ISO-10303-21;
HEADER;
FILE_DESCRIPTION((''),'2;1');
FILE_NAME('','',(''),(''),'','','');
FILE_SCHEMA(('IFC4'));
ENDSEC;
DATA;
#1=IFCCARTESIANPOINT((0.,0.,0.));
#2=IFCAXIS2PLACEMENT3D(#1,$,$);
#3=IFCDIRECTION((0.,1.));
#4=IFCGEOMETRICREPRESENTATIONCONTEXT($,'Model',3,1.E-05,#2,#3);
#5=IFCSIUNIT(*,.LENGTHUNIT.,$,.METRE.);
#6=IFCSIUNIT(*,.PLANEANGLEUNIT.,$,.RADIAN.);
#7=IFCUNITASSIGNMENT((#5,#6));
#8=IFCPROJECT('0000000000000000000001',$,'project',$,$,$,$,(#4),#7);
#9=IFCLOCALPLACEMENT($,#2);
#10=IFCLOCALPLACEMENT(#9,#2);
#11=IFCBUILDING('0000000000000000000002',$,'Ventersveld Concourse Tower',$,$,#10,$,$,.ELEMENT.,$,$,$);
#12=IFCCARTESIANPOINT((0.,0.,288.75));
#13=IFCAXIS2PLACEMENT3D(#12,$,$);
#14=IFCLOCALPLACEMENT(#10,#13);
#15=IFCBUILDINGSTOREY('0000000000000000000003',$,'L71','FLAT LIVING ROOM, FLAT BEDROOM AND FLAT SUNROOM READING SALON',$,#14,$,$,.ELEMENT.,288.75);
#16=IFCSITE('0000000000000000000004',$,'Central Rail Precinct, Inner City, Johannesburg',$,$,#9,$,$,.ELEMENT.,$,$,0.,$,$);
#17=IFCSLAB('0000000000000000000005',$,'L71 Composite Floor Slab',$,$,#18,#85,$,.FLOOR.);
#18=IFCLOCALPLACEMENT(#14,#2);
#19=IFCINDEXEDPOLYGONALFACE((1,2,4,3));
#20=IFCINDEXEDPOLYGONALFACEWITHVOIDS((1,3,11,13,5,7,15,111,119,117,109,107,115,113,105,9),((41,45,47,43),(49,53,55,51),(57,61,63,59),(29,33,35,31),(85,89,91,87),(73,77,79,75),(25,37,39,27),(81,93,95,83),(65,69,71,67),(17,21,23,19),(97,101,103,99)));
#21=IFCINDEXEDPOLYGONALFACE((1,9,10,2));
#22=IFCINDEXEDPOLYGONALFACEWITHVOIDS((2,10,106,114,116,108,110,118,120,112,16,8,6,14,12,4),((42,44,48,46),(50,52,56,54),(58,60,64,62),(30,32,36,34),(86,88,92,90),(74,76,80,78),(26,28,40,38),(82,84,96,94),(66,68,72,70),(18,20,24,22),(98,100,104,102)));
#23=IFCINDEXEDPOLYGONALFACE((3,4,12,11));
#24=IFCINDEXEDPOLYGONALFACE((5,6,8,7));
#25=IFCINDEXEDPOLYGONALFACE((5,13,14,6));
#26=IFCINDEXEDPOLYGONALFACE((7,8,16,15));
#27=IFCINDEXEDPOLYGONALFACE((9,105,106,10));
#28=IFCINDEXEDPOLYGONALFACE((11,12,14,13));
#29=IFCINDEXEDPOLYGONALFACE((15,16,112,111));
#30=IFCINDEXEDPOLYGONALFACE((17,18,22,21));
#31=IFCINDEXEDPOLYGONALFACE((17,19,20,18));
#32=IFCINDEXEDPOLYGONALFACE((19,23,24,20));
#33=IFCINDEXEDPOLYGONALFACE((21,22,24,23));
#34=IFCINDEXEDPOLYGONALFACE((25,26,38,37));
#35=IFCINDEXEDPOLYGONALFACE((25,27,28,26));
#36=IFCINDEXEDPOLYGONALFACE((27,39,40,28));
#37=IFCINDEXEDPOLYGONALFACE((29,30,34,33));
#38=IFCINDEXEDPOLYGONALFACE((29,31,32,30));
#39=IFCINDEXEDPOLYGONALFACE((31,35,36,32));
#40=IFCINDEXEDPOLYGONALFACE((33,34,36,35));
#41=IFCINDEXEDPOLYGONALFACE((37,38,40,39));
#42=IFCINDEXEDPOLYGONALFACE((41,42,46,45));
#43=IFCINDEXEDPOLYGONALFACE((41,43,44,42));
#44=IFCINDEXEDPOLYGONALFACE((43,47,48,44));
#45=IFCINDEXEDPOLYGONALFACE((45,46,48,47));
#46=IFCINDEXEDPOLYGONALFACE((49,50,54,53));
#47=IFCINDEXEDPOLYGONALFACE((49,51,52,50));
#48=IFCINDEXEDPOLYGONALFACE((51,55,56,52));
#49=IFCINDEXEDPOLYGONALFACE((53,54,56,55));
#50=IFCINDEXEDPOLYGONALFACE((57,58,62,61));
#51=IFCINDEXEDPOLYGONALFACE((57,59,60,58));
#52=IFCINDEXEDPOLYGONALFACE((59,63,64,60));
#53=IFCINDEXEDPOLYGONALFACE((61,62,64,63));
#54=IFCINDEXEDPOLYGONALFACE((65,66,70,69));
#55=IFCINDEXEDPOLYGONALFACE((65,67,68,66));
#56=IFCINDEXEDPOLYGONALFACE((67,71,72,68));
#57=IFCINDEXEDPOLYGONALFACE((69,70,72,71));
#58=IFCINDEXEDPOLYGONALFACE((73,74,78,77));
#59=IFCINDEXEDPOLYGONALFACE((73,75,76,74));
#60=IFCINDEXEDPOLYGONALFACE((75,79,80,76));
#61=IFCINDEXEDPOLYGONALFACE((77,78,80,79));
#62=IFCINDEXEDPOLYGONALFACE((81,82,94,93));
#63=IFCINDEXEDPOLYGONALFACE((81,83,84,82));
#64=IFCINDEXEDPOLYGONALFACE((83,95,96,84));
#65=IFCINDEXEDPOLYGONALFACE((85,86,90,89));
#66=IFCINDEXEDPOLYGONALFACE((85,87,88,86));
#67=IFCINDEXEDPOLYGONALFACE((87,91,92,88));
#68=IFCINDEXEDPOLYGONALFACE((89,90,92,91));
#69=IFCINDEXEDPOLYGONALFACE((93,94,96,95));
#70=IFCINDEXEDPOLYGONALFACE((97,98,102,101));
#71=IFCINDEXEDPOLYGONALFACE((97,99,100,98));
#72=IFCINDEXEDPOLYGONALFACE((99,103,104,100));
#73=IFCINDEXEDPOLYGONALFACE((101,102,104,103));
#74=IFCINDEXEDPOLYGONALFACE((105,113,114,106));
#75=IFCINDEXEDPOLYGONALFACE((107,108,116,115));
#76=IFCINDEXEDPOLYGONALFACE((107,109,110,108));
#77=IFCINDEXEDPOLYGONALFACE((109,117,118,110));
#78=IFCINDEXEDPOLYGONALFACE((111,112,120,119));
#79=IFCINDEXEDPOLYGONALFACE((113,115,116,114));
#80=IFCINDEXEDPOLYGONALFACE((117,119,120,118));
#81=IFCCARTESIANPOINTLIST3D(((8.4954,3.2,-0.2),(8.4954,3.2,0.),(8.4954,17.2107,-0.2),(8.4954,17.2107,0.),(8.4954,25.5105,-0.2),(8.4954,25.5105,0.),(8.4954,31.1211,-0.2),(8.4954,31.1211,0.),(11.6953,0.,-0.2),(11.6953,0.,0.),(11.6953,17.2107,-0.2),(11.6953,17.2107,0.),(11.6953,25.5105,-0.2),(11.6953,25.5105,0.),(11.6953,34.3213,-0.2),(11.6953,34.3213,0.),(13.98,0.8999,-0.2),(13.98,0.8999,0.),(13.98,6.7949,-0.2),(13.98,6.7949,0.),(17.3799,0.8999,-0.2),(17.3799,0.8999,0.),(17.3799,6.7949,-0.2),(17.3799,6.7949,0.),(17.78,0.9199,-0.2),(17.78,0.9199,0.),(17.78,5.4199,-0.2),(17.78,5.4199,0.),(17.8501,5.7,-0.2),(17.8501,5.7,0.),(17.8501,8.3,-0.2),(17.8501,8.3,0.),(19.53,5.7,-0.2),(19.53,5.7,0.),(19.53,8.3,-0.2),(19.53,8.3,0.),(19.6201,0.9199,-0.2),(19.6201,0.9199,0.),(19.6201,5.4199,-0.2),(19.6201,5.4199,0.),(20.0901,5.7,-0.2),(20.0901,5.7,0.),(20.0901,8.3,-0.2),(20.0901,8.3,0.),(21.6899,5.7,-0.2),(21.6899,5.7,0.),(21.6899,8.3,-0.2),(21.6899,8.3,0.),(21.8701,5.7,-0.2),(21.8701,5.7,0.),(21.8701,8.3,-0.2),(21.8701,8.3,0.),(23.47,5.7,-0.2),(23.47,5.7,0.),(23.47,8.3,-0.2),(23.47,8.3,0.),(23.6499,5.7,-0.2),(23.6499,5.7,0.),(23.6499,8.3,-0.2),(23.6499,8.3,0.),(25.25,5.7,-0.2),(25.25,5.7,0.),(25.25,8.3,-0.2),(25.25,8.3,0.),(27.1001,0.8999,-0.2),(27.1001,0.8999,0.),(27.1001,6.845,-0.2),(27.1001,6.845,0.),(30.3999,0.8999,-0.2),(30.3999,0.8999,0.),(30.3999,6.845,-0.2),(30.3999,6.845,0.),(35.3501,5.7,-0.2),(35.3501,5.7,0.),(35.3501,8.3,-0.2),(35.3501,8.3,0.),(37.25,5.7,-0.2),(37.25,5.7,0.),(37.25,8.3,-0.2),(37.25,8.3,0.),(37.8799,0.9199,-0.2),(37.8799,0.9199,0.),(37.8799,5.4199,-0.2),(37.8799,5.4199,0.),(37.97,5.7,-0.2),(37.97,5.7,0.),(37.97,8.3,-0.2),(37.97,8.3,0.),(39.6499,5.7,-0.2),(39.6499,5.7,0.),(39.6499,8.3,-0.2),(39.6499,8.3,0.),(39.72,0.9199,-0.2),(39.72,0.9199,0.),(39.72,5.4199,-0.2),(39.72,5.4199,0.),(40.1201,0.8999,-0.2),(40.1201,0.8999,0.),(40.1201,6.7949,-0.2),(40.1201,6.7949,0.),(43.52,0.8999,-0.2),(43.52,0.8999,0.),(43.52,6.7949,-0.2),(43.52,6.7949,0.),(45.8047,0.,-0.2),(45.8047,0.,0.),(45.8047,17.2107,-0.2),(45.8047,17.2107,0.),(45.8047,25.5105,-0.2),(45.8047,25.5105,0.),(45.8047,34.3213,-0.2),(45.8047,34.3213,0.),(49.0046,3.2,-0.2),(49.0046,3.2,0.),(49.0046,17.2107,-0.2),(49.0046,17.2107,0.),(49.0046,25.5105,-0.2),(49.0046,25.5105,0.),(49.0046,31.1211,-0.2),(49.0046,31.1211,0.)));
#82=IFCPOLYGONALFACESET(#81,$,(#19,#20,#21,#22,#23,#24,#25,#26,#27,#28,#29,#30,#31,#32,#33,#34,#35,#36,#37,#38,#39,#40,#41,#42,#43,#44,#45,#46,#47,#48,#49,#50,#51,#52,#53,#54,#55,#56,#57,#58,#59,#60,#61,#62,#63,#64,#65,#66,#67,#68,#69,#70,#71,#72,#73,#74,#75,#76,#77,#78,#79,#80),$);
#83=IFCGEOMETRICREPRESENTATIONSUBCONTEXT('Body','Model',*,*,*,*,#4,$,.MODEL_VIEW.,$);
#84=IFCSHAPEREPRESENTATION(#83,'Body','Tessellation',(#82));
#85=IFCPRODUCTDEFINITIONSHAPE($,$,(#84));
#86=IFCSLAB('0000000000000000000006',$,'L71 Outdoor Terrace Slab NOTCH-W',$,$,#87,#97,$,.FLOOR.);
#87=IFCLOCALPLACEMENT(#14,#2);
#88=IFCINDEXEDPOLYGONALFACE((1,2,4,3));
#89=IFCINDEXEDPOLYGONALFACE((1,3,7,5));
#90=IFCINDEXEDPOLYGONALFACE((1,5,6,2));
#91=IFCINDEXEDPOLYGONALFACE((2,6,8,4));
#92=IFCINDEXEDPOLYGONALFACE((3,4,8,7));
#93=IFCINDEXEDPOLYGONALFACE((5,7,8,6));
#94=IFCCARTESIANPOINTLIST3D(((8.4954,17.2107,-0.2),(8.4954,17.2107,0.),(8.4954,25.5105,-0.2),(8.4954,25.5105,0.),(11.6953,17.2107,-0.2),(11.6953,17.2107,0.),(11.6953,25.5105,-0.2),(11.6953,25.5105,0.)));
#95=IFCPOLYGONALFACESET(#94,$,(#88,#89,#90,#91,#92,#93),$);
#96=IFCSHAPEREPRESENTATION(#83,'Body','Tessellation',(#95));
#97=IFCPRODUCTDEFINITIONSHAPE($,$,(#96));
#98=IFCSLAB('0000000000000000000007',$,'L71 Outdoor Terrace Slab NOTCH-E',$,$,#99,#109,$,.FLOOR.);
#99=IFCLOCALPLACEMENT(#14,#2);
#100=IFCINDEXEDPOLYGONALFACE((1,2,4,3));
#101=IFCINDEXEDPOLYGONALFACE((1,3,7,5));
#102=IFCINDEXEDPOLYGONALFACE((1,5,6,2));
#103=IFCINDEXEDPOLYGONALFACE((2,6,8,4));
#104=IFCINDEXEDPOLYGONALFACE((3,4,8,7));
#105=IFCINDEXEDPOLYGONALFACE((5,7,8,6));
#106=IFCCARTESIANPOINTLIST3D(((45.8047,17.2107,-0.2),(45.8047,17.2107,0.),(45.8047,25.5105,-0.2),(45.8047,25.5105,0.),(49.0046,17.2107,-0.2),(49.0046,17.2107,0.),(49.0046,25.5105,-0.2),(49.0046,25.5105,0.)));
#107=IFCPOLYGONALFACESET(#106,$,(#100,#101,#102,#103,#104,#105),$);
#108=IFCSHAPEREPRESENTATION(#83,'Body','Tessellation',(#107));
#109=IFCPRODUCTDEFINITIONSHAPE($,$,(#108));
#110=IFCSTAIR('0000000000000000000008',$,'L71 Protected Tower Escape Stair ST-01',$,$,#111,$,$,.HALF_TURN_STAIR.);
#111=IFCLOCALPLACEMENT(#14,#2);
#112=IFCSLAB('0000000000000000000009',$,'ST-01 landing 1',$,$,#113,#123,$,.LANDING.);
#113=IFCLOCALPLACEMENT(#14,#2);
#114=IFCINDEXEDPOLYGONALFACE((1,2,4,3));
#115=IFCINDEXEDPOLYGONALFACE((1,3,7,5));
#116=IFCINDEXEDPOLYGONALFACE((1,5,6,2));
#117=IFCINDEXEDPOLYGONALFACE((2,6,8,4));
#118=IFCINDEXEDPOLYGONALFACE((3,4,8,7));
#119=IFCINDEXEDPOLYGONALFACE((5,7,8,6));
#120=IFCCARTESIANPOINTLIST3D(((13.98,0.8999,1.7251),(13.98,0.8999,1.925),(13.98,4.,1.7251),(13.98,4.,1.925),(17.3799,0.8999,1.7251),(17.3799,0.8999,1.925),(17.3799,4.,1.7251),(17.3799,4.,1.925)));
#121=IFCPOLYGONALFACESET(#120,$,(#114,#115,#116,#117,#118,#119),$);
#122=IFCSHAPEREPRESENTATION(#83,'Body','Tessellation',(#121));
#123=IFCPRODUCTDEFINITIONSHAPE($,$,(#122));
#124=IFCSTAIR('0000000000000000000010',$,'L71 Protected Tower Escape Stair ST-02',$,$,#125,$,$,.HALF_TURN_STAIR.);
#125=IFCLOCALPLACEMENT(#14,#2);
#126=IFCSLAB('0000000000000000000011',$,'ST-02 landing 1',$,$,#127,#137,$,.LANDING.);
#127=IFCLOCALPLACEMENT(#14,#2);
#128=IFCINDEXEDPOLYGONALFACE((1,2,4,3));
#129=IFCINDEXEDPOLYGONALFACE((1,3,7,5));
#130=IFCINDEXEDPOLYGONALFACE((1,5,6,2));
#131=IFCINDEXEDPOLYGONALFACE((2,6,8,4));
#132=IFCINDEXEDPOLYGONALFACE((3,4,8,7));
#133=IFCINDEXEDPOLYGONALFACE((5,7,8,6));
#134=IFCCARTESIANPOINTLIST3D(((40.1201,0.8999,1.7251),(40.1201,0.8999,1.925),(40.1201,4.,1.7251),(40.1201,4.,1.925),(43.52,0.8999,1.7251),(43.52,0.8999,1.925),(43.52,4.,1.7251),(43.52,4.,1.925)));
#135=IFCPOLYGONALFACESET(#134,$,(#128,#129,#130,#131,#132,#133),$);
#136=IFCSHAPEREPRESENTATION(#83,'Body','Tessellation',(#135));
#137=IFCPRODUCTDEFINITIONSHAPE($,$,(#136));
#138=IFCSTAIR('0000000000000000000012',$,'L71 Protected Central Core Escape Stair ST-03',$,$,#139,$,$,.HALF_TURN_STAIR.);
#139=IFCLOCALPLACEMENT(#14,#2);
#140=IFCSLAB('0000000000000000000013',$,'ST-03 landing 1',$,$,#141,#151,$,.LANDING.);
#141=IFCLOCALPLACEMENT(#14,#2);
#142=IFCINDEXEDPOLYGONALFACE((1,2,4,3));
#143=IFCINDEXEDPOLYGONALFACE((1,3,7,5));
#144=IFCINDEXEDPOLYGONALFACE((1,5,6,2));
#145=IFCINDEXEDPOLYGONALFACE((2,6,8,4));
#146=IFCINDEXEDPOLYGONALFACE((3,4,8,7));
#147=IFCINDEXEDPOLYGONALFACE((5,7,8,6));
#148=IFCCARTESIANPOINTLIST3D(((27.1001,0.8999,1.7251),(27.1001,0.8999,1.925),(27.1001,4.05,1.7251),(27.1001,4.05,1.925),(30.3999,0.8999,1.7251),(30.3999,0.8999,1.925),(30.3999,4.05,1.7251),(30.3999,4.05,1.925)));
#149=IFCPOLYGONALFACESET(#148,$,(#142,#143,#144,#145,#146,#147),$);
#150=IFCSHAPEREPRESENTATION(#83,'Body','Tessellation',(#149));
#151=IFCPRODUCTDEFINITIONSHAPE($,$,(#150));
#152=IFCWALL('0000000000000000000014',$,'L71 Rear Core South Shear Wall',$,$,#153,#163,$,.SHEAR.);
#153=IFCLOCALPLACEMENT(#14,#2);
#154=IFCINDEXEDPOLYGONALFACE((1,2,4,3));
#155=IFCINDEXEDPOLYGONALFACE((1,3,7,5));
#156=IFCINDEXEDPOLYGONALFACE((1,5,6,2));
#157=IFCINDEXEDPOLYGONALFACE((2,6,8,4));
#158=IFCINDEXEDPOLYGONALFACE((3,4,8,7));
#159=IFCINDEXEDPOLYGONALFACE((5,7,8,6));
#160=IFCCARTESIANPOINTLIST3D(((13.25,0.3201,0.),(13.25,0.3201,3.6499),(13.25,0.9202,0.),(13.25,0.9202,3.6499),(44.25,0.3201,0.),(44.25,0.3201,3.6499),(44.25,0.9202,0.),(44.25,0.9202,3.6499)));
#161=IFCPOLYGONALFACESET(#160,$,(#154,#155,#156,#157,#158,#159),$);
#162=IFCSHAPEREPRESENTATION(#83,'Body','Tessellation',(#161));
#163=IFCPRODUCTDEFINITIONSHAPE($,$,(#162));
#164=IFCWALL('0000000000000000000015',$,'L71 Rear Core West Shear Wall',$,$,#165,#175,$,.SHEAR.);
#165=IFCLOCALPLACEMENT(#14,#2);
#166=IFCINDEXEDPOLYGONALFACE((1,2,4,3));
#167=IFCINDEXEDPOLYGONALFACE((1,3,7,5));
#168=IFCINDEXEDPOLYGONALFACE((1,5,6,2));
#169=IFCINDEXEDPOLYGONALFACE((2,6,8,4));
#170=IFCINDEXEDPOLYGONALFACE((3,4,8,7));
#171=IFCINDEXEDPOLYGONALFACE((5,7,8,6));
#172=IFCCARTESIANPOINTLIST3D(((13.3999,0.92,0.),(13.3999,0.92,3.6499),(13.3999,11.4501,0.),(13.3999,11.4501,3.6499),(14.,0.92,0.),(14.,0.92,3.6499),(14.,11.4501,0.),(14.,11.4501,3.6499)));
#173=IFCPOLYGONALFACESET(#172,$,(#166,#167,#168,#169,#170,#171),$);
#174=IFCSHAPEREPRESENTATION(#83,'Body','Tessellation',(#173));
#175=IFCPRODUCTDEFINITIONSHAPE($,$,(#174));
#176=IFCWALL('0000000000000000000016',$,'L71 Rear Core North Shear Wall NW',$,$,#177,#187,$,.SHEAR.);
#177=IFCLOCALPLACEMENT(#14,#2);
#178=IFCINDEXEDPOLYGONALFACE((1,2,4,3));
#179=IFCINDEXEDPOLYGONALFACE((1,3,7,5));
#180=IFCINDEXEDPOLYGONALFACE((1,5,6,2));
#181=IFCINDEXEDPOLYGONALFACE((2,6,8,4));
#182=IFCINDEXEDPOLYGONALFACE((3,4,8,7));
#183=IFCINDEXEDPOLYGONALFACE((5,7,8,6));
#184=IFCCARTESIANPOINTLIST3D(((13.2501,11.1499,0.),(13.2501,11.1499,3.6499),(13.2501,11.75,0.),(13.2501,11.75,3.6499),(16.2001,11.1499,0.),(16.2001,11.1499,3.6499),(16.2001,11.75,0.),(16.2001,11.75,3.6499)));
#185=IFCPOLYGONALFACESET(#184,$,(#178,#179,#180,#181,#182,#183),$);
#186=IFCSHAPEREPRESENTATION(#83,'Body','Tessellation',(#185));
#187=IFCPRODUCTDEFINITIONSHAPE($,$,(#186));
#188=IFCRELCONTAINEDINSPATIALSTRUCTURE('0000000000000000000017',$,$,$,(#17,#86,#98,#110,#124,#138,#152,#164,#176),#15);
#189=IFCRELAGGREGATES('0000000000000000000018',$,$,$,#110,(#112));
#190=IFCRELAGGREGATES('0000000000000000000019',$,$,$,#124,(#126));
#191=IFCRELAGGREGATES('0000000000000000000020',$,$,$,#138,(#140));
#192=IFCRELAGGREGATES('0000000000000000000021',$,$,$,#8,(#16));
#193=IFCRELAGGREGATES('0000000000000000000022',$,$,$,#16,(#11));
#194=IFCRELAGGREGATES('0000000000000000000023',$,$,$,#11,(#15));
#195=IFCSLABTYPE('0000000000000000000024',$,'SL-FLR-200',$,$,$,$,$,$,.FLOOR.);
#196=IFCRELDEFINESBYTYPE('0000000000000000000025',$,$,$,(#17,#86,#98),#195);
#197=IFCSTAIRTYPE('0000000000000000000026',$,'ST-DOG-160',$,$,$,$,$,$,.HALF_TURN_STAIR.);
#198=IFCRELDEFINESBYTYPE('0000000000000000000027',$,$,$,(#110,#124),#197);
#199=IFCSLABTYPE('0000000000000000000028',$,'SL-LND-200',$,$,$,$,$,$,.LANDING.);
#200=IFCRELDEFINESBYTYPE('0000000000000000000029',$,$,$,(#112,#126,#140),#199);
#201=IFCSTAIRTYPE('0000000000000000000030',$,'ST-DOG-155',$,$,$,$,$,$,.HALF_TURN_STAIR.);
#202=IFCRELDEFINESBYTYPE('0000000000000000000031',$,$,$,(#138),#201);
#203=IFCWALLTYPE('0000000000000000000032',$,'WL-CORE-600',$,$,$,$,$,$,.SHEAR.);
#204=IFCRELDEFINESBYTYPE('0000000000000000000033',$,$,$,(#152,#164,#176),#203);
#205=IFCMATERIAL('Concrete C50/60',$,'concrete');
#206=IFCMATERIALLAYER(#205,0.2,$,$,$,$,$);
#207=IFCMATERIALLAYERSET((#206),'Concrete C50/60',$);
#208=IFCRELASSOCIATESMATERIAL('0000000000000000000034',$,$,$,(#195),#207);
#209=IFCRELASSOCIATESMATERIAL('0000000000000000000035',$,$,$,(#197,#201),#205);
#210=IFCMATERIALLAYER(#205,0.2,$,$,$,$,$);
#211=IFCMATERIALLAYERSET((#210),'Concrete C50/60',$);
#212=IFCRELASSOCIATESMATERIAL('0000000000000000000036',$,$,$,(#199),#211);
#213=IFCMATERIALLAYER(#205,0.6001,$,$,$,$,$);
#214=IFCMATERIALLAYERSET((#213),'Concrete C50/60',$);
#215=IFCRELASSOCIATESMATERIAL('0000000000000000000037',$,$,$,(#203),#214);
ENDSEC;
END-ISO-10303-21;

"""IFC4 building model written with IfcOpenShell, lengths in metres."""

from ifc_helpers import new_model, si_unit, direction, frame, frame_2d, origin, place, context, subcontext, project, spatial, polyline, rectangle, outline, extrude, material, layer, layer_set, type_object, element, aggregate, save


model = new_model("IFC4")

# Units and contexts
model_context = context("Model", 3, precision=1e-05, world=origin(), true_north=direction((0.0, 1.0)))
body_context = subcontext(model_context, "Body", "Model", "MODEL_VIEW")
ifc_project = project(units=[si_unit("LENGTHUNIT", "METRE"), si_unit("PLANEANGLEUNIT", "RADIAN")], contexts=[model_context])

# Site, building, storey
site_placement = place(None, origin())
site = spatial("IfcSite", under=ifc_project, at=site_placement, Name="Central Rail Precinct, Inner City, Johannesburg", CompositionType="ELEMENT", RefElevation=0.0)
building_placement = place(site_placement, origin())
building = spatial("IfcBuilding", under=site, at=building_placement, Name="Ventersveld Concourse Tower", CompositionType="ELEMENT")
storey_placement = place(building_placement, frame((0.0, 0.0, 288.75)))
storey = spatial("IfcBuildingStorey", under=building, at=storey_placement, Name="L71", Description="FLAT LIVING ROOM, FLAT BEDROOM AND FLAT SUNROOM READING SALON", CompositionType="ELEMENT", Elevation=288.75)

# Shared definitions
ifc_material_1 = material(Name="Concrete C50/60", Category="concrete")

# Slabs
ifc_layer_1 = layer(ifc_material_1, 0.2)
ifc_layer_set_1 = layer_set([ifc_layer_1], Name="Concrete C50/60")
slab_type_1 = type_object("IfcSlabType", Name="SL-FLR-200", PredefinedType="FLOOR", material=ifc_layer_set_1)
slab_1_placement = place(storey_placement, frame((0.0, 0.0, -0.2)))
element("IfcSlab", 1, at=slab_1_placement, inside=storey, type_object=slab_type_1, Name="L71 Composite Floor Slab", PredefinedType="FLOOR", context=body_context, shape_type="SweptSolid", body=[
    extrude(outline(polyline([(11.6953, 0.0), (45.8047, 0.0), (49.0046, 3.2), (49.0046, 17.2107), (45.8047, 17.2107), (45.8047, 25.5105), (49.0046, 25.5105), (49.0046, 31.1211), (45.8047, 34.3213), (11.6953, 34.3213), (8.4954, 31.1211), (8.4954, 25.5105), (11.6953, 25.5105), (11.6953, 17.2107), (8.4954, 17.2107), (8.4954, 3.2), (11.6953, 0.0)]), holes=[polyline([(13.98, 6.7949), (13.98, 0.8999), (17.3799, 0.8999), (17.3799, 6.7949), (13.98, 6.7949)]), polyline([(40.1201, 6.7949), (40.1201, 0.8999), (43.52, 0.8999), (43.52, 6.7949), (40.1201, 6.7949)]), polyline([(27.1001, 6.845), (27.1001, 0.8999), (30.3999, 0.8999), (30.3999, 6.845), (27.1001, 6.845)]), polyline([(17.8501, 5.7), (19.53, 5.7), (19.53, 8.3), (17.8501, 8.3), (17.8501, 5.7)]), polyline([(37.97, 5.7), (39.6499, 5.7), (39.6499, 8.3), (37.97, 8.3), (37.97, 5.7)]), polyline([(35.3501, 5.7), (37.25, 5.7), (37.25, 8.3), (35.3501, 8.3), (35.3501, 5.7)]), polyline([(20.0901, 5.7), (21.6899, 5.7), (21.6899, 8.3), (20.0901, 8.3), (20.0901, 5.7)]), polyline([(21.8701, 5.7), (23.47, 5.7), (23.47, 8.3), (21.8701, 8.3), (21.8701, 5.7)]), polyline([(23.6499, 5.7), (25.25, 5.7), (25.25, 8.3), (23.6499, 8.3), (23.6499, 5.7)]), polyline([(17.78, 0.9199), (19.6201, 0.9199), (19.6201, 5.4199), (17.78, 5.4199), (17.78, 0.9199)]), polyline([(37.8799, 0.9199), (39.72, 0.9199), (39.72, 5.4199), (37.8799, 5.4199), (37.8799, 0.9199)])]), origin(), (0.0, 0.0, 1.0), 0.2),
])
slab_2_placement = place(storey_placement, frame((0.0, 0.0, -0.2)))
element("IfcSlab", 2, at=slab_2_placement, inside=storey, type_object=slab_type_1, Name="L71 Outdoor Terrace Slab NOTCH-W", PredefinedType="FLOOR", context=body_context, shape_type="SweptSolid", body=[
    extrude(outline(polyline([(8.4954, 17.2107), (11.6953, 17.2107), (11.6953, 25.5105), (8.4954, 25.5105), (8.4954, 17.2107)])), origin(), (0.0, 0.0, 1.0), 0.2),
])
slab_3_placement = place(storey_placement, frame((0.0, 0.0, -0.2)))
element("IfcSlab", 3, at=slab_3_placement, inside=storey, type_object=slab_type_1, Name="L71 Outdoor Terrace Slab NOTCH-E", PredefinedType="FLOOR", context=body_context, shape_type="SweptSolid", body=[
    extrude(outline(polyline([(45.8047, 17.2107), (49.0046, 17.2107), (49.0046, 25.5105), (45.8047, 25.5105), (45.8047, 17.2107)])), origin(), (0.0, 0.0, 1.0), 0.2),
])

# Stairs, slabs
stair_type_1 = type_object("IfcStairType", Name="ST-DOG-160", PredefinedType="HALF_TURN_STAIR", material=ifc_material_1)
stair_1_placement = place(storey_placement, origin())
stair_1 = element("IfcStair", 4, at=stair_1_placement, inside=storey, type_object=stair_type_1, Name="L71 Protected Tower Escape Stair ST-01", PredefinedType="HALF_TURN_STAIR")
ifc_layer_2 = layer(ifc_material_1, 0.2)
ifc_layer_set_2 = layer_set([ifc_layer_2], Name="Concrete C50/60")
slab_type_2 = type_object("IfcSlabType", Name="SL-LND-200", PredefinedType="LANDING", material=ifc_layer_set_2)
slab_4_placement = place(storey_placement, frame((0.0, 0.0, 1.7251)))
slab_4 = element("IfcSlab", 5, at=slab_4_placement, type_object=slab_type_2, Name="ST-01 landing 1", PredefinedType="LANDING", context=body_context, shape_type="SweptSolid", body=[
    extrude(outline(polyline([(13.98, 4.0), (13.98, 0.8999), (17.3799, 0.8999), (17.3799, 4.0), (13.98, 4.0)])), origin(), (0.0, 0.0, 1.0), 0.2),
])
aggregate(stair_1, [slab_4])
stair_2_placement = place(storey_placement, origin())
stair_2 = element("IfcStair", 6, at=stair_2_placement, inside=storey, type_object=stair_type_1, Name="L71 Protected Tower Escape Stair ST-02", PredefinedType="HALF_TURN_STAIR")
slab_5_placement = place(storey_placement, frame((0.0, 0.0, 1.7251)))
slab_5 = element("IfcSlab", 7, at=slab_5_placement, type_object=slab_type_2, Name="ST-02 landing 1", PredefinedType="LANDING", context=body_context, shape_type="SweptSolid", body=[
    extrude(outline(polyline([(40.1201, 4.0), (40.1201, 0.8999), (43.52, 0.8999), (43.52, 4.0), (40.1201, 4.0)])), origin(), (0.0, 0.0, 1.0), 0.2),
])
aggregate(stair_2, [slab_5])
stair_type_2 = type_object("IfcStairType", Name="ST-DOG-155", PredefinedType="HALF_TURN_STAIR", material=ifc_material_1)
stair_3_placement = place(storey_placement, origin())
stair_3 = element("IfcStair", 8, at=stair_3_placement, inside=storey, type_object=stair_type_2, Name="L71 Protected Central Core Escape Stair ST-03", PredefinedType="HALF_TURN_STAIR")
slab_6_placement = place(storey_placement, frame((0.0, 0.0, 1.7251)))
slab_6 = element("IfcSlab", 9, at=slab_6_placement, type_object=slab_type_2, Name="ST-03 landing 1", PredefinedType="LANDING", context=body_context, shape_type="SweptSolid", body=[
    extrude(outline(polyline([(27.1001, 4.05), (27.1001, 0.8999), (30.3999, 0.8999), (30.3999, 4.05), (27.1001, 4.05)])), origin(), (0.0, 0.0, 1.0), 0.2),
])
aggregate(stair_3, [slab_6])

# Walls
ifc_layer_3 = layer(ifc_material_1, 0.6001)
ifc_layer_set_3 = layer_set([ifc_layer_3], Name="Concrete C50/60")
wall_type_1 = type_object("IfcWallType", Name="WL-CORE-600", PredefinedType="SHEAR", material=ifc_layer_set_3)
wall_1_placement = place(storey_placement, frame((13.25, 0.6201, 0.0), z_axis=(0.0, 0.0, 1.0), x_axis=(1.0, 0.0, 0.0)))
element("IfcWall", 10, at=wall_1_placement, inside=storey, type_object=wall_type_1, Name="L71 Rear Core South Shear Wall", PredefinedType="SHEAR", context=body_context, shape_type="SweptSolid", body=[
    extrude(rectangle(XDim=31.0, YDim=0.6001, at=frame_2d((15.5, 0.0))), origin(), (0.0, 0.0, 1.0), 3.6499),
])
wall_2_placement = place(storey_placement, frame((13.7, 0.9199, 0.0), z_axis=(0.0, 0.0, 1.0), x_axis=(0.0, 1.0, 0.0)))
element("IfcWall", 11, at=wall_2_placement, inside=storey, type_object=wall_type_1, Name="L71 Rear Core West Shear Wall", PredefinedType="SHEAR", context=body_context, shape_type="SweptSolid", body=[
    extrude(rectangle(XDim=10.53, YDim=0.6001, at=frame_2d((5.2651, 0.0))), origin(), (0.0, 0.0, 1.0), 3.6499),
])
wall_3_placement = place(storey_placement, frame((13.25, 11.45, 0.0), z_axis=(0.0, 0.0, 1.0), x_axis=(1.0, 0.0, 0.0)))
element("IfcWall", 12, at=wall_3_placement, inside=storey, type_object=wall_type_1, Name="L71 Rear Core North Shear Wall NW", PredefinedType="SHEAR", context=body_context, shape_type="SweptSolid", body=[
    extrude(rectangle(XDim=2.95, YDim=0.6001, at=frame_2d((1.4751, 0.0))), origin(), (0.0, 0.0, 1.0), 3.6499),
])

save(model, "model.ifc")
